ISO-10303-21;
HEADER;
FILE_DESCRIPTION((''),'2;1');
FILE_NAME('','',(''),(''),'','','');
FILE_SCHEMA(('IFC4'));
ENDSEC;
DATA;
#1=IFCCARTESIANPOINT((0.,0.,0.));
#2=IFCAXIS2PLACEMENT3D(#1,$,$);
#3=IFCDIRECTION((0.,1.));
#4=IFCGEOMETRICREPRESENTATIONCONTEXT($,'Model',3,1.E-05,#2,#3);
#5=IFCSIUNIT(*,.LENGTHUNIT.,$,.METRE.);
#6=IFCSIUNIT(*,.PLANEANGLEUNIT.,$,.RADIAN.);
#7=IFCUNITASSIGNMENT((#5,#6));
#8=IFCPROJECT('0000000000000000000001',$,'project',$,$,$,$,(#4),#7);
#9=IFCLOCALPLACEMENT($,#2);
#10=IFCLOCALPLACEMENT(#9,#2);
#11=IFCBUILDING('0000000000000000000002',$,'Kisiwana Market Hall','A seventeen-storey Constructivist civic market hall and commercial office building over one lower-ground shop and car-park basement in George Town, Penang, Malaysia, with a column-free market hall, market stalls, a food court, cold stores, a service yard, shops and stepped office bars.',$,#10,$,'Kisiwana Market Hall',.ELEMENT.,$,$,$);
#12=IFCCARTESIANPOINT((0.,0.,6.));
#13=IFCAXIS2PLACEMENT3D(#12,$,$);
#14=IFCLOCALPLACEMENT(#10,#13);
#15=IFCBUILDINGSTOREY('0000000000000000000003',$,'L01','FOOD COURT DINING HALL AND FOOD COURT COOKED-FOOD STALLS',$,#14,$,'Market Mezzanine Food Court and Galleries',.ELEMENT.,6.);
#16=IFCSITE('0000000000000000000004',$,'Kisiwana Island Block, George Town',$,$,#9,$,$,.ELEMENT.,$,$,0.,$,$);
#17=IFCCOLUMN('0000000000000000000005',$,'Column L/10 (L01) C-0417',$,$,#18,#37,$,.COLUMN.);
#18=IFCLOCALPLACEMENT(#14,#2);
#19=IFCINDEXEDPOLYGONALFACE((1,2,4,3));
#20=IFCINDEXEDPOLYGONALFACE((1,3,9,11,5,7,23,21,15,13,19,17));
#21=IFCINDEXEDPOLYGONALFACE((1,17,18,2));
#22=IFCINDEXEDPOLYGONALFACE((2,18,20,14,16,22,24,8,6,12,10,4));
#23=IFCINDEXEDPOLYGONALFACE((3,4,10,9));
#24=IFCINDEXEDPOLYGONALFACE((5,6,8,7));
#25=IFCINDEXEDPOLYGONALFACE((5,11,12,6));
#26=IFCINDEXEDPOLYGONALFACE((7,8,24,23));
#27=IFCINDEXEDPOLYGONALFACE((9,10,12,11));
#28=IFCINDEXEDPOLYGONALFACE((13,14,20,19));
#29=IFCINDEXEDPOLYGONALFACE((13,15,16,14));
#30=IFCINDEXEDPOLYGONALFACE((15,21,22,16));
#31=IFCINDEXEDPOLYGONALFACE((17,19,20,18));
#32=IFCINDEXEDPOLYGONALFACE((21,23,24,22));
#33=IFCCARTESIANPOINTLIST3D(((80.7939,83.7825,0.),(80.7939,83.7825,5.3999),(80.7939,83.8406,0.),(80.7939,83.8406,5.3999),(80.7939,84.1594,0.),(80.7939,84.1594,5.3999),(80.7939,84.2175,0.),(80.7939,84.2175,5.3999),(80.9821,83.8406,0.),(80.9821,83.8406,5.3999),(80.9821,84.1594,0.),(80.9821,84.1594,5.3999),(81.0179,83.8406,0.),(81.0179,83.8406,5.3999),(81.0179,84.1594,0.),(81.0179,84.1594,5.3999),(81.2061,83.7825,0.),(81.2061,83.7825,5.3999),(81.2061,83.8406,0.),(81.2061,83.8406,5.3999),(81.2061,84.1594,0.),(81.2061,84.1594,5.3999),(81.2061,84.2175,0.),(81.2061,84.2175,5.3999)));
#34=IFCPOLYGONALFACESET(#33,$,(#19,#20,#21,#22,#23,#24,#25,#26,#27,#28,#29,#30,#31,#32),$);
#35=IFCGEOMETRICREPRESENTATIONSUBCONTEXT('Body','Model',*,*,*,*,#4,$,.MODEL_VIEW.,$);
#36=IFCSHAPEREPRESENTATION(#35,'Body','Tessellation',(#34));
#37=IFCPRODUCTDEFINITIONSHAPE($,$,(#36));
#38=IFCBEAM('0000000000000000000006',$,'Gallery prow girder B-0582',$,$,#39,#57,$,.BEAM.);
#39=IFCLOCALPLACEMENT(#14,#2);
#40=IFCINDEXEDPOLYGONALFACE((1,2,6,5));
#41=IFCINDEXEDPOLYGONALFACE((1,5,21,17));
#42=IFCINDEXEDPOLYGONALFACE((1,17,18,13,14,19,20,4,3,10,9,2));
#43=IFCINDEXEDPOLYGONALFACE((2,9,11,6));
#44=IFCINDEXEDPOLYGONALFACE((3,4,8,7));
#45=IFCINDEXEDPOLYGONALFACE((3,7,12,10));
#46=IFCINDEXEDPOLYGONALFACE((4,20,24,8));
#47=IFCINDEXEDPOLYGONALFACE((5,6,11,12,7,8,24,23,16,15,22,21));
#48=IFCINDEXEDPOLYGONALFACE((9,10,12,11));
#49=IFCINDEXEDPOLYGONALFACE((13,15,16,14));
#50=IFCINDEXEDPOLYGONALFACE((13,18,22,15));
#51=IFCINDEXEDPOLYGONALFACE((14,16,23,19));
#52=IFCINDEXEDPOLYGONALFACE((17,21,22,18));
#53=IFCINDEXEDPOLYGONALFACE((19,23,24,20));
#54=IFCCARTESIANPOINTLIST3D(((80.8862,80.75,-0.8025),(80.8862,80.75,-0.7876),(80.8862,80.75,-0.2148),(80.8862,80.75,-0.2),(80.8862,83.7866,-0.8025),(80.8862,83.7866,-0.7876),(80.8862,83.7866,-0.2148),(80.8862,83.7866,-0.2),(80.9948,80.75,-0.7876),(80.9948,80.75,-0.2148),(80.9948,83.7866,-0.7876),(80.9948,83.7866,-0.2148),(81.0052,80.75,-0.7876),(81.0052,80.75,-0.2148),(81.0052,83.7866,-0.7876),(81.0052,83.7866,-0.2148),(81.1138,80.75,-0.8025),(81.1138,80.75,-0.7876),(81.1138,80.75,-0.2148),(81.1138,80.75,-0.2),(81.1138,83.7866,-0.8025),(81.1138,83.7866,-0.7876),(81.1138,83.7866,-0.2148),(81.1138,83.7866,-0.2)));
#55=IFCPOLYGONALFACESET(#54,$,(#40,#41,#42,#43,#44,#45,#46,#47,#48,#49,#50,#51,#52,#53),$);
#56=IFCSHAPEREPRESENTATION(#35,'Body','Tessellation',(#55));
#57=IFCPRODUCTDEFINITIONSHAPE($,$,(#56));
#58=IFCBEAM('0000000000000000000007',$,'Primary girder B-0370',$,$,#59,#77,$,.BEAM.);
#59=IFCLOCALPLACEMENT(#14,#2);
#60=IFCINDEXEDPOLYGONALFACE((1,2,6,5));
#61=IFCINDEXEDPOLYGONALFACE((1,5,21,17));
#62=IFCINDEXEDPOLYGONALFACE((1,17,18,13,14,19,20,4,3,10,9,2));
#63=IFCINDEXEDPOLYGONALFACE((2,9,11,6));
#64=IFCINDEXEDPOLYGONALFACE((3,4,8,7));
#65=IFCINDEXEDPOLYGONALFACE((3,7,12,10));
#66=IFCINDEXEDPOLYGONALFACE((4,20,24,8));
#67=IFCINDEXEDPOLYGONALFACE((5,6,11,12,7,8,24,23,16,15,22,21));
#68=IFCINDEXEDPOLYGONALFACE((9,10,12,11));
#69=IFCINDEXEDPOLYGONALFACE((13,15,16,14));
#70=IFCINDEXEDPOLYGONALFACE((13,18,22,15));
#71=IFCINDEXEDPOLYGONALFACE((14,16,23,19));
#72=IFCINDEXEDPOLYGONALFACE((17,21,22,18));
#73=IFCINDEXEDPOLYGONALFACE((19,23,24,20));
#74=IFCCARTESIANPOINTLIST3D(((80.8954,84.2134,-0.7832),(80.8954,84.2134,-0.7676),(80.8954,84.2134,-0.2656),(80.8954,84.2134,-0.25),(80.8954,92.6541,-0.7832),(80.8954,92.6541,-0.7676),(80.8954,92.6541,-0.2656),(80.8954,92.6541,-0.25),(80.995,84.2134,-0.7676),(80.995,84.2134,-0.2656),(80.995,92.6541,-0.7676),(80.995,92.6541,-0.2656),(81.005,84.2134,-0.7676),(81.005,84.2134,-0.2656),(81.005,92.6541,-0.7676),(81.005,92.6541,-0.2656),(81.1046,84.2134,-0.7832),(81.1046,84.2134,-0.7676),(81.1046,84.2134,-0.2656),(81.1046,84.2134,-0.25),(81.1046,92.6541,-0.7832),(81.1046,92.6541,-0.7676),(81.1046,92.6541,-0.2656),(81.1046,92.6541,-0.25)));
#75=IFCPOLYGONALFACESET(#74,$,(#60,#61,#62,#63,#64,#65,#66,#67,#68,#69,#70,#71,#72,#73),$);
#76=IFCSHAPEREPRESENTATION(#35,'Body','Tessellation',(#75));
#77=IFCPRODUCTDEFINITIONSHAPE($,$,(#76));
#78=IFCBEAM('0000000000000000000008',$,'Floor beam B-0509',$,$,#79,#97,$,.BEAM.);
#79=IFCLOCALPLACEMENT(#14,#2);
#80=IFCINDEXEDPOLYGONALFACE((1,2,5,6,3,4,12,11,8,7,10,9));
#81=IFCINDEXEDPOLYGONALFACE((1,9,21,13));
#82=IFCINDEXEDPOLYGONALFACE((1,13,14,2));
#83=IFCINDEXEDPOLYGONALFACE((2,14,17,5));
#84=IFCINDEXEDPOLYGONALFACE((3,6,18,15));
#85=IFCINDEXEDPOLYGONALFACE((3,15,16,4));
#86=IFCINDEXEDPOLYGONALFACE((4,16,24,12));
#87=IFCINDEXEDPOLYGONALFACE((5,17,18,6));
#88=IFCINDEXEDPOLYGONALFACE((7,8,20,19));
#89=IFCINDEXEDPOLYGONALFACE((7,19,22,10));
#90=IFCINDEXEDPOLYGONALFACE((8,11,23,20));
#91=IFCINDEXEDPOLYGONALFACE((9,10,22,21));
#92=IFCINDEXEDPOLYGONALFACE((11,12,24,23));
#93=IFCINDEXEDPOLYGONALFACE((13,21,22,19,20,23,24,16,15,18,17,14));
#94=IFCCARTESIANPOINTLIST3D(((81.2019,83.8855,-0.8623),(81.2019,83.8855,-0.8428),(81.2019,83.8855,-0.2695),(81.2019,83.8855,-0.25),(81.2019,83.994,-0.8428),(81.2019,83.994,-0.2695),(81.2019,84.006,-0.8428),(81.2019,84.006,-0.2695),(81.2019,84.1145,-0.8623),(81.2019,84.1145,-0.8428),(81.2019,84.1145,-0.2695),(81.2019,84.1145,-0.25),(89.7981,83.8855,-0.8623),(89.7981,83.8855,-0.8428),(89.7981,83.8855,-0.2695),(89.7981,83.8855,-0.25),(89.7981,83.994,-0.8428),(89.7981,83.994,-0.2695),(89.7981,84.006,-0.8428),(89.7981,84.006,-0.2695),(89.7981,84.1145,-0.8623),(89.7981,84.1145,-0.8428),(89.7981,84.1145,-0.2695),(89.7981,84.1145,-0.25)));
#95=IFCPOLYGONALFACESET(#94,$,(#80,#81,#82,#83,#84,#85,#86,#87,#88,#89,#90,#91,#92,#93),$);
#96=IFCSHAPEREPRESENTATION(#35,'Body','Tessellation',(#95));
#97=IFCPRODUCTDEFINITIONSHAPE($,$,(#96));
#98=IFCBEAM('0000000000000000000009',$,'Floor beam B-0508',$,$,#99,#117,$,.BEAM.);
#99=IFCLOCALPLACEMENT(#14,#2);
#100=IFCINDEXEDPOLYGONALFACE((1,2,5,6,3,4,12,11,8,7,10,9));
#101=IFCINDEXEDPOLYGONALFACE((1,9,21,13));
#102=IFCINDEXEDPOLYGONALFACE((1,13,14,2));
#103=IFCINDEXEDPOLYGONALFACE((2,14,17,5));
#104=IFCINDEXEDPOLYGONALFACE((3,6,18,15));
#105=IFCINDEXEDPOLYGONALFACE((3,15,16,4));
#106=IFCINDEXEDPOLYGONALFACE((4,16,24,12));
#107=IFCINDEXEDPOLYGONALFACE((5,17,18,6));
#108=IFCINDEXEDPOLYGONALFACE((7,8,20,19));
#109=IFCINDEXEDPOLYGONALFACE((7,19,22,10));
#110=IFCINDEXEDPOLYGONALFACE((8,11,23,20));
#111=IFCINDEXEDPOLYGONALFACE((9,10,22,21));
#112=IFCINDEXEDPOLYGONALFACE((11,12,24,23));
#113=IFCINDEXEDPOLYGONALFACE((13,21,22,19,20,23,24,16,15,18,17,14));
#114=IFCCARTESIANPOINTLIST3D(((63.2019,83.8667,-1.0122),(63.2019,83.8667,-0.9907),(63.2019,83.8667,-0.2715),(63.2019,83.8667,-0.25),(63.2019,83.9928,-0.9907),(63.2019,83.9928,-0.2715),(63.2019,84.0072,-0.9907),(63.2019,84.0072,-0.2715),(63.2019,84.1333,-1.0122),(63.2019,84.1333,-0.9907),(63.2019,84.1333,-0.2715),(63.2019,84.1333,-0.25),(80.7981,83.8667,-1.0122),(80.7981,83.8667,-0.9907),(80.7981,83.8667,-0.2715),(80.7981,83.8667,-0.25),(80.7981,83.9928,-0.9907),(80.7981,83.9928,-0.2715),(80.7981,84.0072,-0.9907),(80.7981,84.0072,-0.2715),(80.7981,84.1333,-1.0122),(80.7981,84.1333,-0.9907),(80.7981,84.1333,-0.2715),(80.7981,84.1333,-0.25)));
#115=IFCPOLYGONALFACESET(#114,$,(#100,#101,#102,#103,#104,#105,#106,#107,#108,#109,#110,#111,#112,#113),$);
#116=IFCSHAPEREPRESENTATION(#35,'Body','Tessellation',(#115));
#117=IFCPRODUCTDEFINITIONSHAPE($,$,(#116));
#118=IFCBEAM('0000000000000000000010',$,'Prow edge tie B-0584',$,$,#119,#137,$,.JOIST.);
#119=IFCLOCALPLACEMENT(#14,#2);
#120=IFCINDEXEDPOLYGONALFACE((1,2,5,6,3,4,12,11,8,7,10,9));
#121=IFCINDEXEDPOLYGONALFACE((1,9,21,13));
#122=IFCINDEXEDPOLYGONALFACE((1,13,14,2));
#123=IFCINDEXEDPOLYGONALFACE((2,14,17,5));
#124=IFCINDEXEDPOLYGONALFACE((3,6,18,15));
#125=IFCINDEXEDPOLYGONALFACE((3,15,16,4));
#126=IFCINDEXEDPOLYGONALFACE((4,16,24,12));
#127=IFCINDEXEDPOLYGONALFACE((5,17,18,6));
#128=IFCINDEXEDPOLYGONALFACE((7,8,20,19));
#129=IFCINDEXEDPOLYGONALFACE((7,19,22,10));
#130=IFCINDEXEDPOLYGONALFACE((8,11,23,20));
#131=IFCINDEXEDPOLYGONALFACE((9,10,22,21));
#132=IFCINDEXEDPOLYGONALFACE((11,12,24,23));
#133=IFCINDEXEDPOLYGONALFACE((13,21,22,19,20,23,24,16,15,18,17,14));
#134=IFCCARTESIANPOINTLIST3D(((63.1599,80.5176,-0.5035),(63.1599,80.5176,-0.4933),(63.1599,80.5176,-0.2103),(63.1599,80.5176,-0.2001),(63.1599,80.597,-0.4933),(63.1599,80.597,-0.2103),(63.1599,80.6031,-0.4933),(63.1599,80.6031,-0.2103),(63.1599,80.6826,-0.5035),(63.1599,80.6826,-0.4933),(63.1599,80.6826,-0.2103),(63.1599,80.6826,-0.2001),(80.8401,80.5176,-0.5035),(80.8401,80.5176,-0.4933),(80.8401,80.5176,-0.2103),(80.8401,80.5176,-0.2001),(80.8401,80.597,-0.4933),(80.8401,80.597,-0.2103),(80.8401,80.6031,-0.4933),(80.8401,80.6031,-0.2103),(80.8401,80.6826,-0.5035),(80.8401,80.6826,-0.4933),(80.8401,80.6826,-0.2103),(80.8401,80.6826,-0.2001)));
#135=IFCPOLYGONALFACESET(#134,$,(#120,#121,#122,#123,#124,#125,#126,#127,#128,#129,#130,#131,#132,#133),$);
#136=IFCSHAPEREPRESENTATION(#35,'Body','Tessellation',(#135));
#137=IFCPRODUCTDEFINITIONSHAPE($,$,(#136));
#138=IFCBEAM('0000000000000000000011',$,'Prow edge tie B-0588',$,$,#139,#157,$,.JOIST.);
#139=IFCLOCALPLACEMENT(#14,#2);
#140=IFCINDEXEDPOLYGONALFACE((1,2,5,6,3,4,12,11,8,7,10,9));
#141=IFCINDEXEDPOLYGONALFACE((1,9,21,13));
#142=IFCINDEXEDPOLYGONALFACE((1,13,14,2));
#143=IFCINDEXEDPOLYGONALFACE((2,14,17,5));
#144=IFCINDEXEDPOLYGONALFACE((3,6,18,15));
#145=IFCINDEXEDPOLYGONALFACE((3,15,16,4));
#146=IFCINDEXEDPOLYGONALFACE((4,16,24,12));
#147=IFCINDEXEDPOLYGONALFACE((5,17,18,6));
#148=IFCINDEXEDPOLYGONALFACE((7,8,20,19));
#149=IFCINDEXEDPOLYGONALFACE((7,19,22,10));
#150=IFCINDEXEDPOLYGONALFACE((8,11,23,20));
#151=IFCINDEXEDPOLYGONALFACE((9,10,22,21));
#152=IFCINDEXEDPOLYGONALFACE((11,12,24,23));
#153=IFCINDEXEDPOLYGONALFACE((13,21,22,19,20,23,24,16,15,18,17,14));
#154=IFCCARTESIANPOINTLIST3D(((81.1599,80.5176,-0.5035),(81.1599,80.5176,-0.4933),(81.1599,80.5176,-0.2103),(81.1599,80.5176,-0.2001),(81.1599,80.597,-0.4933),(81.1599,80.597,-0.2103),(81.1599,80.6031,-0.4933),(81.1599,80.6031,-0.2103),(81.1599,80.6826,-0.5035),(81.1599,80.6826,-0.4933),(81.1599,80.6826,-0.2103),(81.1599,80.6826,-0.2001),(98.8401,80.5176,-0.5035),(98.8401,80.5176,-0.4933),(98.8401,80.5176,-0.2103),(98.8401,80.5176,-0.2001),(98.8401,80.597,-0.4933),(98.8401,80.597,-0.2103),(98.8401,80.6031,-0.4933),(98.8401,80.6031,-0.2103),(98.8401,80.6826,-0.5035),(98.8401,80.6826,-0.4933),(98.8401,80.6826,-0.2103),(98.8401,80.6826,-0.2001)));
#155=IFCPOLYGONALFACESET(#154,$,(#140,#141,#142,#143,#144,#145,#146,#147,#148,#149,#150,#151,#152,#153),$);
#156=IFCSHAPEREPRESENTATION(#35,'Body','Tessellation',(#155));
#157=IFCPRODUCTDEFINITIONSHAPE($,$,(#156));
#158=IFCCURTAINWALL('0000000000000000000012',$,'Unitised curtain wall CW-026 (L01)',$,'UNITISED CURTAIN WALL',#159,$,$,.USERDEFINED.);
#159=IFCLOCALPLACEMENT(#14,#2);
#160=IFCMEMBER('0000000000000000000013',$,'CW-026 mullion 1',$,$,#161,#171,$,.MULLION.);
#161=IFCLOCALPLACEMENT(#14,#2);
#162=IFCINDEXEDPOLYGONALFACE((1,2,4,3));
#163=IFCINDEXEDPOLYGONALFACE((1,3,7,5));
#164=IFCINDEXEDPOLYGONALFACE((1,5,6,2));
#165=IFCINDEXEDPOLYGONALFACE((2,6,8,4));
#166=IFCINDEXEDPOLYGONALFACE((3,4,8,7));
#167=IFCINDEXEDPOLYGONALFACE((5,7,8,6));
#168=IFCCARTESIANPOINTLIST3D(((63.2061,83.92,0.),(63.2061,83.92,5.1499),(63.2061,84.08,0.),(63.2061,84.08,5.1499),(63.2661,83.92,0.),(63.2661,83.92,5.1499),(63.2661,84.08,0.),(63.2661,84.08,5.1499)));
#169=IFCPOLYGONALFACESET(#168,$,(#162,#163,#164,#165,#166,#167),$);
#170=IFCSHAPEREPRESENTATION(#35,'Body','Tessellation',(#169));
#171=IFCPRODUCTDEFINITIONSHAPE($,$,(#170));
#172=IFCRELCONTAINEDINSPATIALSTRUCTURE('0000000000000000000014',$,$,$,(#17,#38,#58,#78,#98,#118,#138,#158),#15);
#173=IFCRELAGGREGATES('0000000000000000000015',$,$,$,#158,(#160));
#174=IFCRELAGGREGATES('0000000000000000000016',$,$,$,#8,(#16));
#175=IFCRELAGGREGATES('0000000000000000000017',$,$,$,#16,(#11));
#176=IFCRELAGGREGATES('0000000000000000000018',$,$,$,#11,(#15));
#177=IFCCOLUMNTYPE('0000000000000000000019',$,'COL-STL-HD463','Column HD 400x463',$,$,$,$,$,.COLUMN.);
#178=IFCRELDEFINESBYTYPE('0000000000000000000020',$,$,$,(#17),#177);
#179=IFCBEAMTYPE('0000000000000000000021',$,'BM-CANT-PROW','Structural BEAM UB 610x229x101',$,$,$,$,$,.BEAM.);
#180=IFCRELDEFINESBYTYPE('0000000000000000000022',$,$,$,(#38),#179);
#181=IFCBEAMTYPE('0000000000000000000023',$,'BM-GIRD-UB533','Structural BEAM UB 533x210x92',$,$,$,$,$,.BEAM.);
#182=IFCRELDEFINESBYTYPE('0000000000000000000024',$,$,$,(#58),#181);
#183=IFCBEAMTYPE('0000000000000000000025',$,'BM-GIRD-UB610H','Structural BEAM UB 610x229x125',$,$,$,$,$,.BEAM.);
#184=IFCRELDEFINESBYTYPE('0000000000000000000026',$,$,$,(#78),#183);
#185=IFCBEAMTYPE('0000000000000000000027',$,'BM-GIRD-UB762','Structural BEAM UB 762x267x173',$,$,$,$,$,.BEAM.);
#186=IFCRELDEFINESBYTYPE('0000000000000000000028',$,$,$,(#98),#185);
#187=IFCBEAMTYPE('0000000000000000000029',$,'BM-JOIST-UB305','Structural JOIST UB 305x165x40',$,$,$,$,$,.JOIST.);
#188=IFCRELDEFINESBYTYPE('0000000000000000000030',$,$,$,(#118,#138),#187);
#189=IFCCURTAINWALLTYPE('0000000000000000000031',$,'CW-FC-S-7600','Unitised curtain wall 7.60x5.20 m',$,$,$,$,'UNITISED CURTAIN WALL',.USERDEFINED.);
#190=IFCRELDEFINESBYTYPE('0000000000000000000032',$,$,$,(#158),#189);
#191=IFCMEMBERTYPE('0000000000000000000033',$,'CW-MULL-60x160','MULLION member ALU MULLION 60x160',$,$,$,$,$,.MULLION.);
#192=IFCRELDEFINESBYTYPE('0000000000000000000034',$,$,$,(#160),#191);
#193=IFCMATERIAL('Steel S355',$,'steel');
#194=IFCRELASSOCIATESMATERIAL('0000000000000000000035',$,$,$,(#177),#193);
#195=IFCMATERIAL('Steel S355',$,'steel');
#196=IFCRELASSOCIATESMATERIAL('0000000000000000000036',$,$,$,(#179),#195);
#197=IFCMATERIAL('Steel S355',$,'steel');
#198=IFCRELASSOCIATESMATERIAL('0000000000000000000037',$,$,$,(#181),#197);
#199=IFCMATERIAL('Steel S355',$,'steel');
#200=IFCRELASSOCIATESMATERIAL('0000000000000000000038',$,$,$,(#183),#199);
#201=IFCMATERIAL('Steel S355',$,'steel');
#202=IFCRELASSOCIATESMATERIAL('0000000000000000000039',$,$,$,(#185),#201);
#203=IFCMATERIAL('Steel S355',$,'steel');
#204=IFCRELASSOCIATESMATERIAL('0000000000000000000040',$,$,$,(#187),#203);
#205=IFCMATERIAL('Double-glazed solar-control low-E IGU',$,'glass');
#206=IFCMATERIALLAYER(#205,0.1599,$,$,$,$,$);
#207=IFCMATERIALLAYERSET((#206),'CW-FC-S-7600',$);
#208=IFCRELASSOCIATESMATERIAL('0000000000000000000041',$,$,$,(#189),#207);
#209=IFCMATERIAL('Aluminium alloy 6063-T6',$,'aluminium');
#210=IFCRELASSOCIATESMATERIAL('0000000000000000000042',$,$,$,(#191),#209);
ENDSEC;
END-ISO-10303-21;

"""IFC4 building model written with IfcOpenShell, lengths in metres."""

from ifc_helpers import new_model, si_unit, direction, frame, origin, origin_2d, place, context, subcontext, project, spatial, rectangle, i_section, extrude, material, layer, layer_set, material_profile, profile_set, type_object, element, aggregate, save


model = new_model("IFC4")

# Units and contexts
model_context = context("Model", 3, precision=1e-05, world=origin(), true_north=direction((0.0, 1.0)))
body_context = subcontext(model_context, "Body", "Model", "MODEL_VIEW")
ifc_project = project(units=[si_unit("LENGTHUNIT", "METRE"), si_unit("PLANEANGLEUNIT", "RADIAN")], contexts=[model_context])

# Site, building, storey
site_placement = place(None, origin())
site = spatial("IfcSite", under=ifc_project, at=site_placement, Name="Kisiwana Island Block, George Town", CompositionType="ELEMENT", RefElevation=0.0)
building_placement = place(site_placement, origin())
building = spatial("IfcBuilding", under=site, at=building_placement, Name="Kisiwana Market Hall", Description="A seventeen-storey Constructivist civic market hall and commercial office building over one lower-ground shop and car-park basement in George Town, Penang, Malaysia, with a column-free market hall, market stalls, a food court, cold stores, a service yard, shops and stepped office bars.", LongName="Kisiwana Market Hall", CompositionType="ELEMENT")
storey_placement = place(building_placement, frame((0.0, 0.0, 6.0)))
storey = spatial("IfcBuildingStorey", under=building, at=storey_placement, Name="L01", Description="FOOD COURT DINING HALL AND FOOD COURT COOKED-FOOD STALLS", LongName="Market Mezzanine Food Court and Galleries", CompositionType="ELEMENT", Elevation=6.0)

# Column
ifc_material_1 = material(Name="Steel S355", Category="steel")
ifc_material_profile_1 = material_profile(ifc_material_1, i_section(OverallWidth=0.4121, OverallDepth=0.4351, WebThickness=0.0359, FlangeThickness=0.0581, at=origin_2d()), Name="HD 400x463")
ifc_profile_set_1 = profile_set([ifc_material_profile_1], Name="Steel S355")
column_type = type_object("IfcColumnType", Name="COL-STL-HD463", Description="Column HD 400x463", PredefinedType="COLUMN", material=ifc_profile_set_1)
column_placement = place(storey_placement, frame((81.0, 84.0, 0.0), z_axis=(0.0, 0.0, 1.0), x_axis=(1.0, 0.0, 0.0)))
element("IfcColumn", 1, at=column_placement, inside=storey, type_object=column_type, Name="Column L/10 (L01) C-0417", PredefinedType="COLUMN", context=body_context, shape_type="SweptSolid", body=[
    extrude(i_section(OverallWidth=0.4121, OverallDepth=0.4351, WebThickness=0.0359, FlangeThickness=0.0581, at=origin_2d()), origin(), (0.0, 0.0, 1.0), 5.3999),
])

# Beams
ifc_material_2 = material(Name="Steel S355", Category="steel")
ifc_material_profile_2 = material_profile(ifc_material_2, i_section(OverallWidth=0.2275, OverallDepth=0.6025, WebThickness=0.0105, FlangeThickness=0.0149, at=origin_2d()), Name="UB 610x229x101")
ifc_profile_set_2 = profile_set([ifc_material_profile_2], Name="Steel S355")
beam_type_1 = type_object("IfcBeamType", Name="BM-CANT-PROW", Description="Structural BEAM UB 610x229x101", PredefinedType="BEAM", material=ifc_profile_set_2)
beam_1_placement = place(storey_placement, frame((81.0, 83.7866, -0.5012), z_axis=(0.0, -1.0, 0.0), x_axis=(1.0, 0.0, 0.0)))
element("IfcBeam", 2, at=beam_1_placement, inside=storey, type_object=beam_type_1, Name="Gallery prow girder B-0582", PredefinedType="BEAM", context=body_context, shape_type="SweptSolid", body=[
    extrude(i_section(OverallWidth=0.2275, OverallDepth=0.6025, WebThickness=0.0105, FlangeThickness=0.0149, at=origin_2d()), origin(), (0.0, 0.0, 1.0), 3.0366),
])
ifc_material_3 = material(Name="Steel S355", Category="steel")
ifc_material_profile_3 = material_profile(ifc_material_3, i_section(OverallWidth=0.2092, OverallDepth=0.5332, WebThickness=0.01, FlangeThickness=0.0156, at=origin_2d()), Name="UB 533x210x92")
ifc_profile_set_3 = profile_set([ifc_material_profile_3], Name="Steel S355")
beam_type_2 = type_object("IfcBeamType", Name="BM-GIRD-UB533", Description="Structural BEAM UB 533x210x92", PredefinedType="BEAM", material=ifc_profile_set_3)
beam_2_placement = place(storey_placement, frame((81.0, 84.2134, -0.5166), z_axis=(0.0, 1.0, 0.0), x_axis=(-1.0, 0.0, 0.0)))
element("IfcBeam", 3, at=beam_2_placement, inside=storey, type_object=beam_type_2, Name="Primary girder B-0370", PredefinedType="BEAM", context=body_context, shape_type="SweptSolid", body=[
    extrude(i_section(OverallWidth=0.2092, OverallDepth=0.5332, WebThickness=0.01, FlangeThickness=0.0156, at=origin_2d()), origin(), (0.0, 0.0, 1.0), 8.4407),
])
ifc_material_4 = material(Name="Steel S355", Category="steel")
ifc_material_profile_4 = material_profile(ifc_material_4, i_section(OverallWidth=0.229, OverallDepth=0.6123, WebThickness=0.012, FlangeThickness=0.0195, at=origin_2d()), Name="UB 610x229x125")
ifc_profile_set_4 = profile_set([ifc_material_profile_4], Name="Steel S355")
beam_type_3 = type_object("IfcBeamType", Name="BM-GIRD-UB610H", Description="Structural BEAM UB 610x229x125", PredefinedType="BEAM", material=ifc_profile_set_4)
beam_3_placement = place(storey_placement, frame((81.2019, 84.0, -0.5562), z_axis=(1.0, 0.0, 0.0), x_axis=(0.0, 1.0, 0.0)))
element("IfcBeam", 4, at=beam_3_placement, inside=storey, type_object=beam_type_3, Name="Floor beam B-0509", PredefinedType="BEAM", context=body_context, shape_type="SweptSolid", body=[
    extrude(i_section(OverallWidth=0.229, OverallDepth=0.6123, WebThickness=0.012, FlangeThickness=0.0195, at=origin_2d()), origin(), (0.0, 0.0, 1.0), 8.5962),
])
ifc_material_5 = material(Name="Steel S355", Category="steel")
ifc_material_profile_5 = material_profile(ifc_material_5, i_section(OverallWidth=0.2666, OverallDepth=0.7622, WebThickness=0.0144, FlangeThickness=0.0215, at=origin_2d()), Name="UB 762x267x173")
ifc_profile_set_5 = profile_set([ifc_material_profile_5], Name="Steel S355")
beam_type_4 = type_object("IfcBeamType", Name="BM-GIRD-UB762", Description="Structural BEAM UB 762x267x173", PredefinedType="BEAM", material=ifc_profile_set_5)
beam_4_placement = place(storey_placement, frame((63.2019, 84.0, -0.6311), z_axis=(1.0, 0.0, 0.0), x_axis=(0.0, 1.0, 0.0)))
element("IfcBeam", 5, at=beam_4_placement, inside=storey, type_object=beam_type_4, Name="Floor beam B-0508", PredefinedType="BEAM", context=body_context, shape_type="SweptSolid", body=[
    extrude(i_section(OverallWidth=0.2666, OverallDepth=0.7622, WebThickness=0.0144, FlangeThickness=0.0215, at=origin_2d()), origin(), (0.0, 0.0, 1.0), 17.5962),
])
ifc_material_6 = material(Name="Steel S355", Category="steel")
ifc_material_profile_6 = material_profile(ifc_material_6, i_section(OverallWidth=0.165, OverallDepth=0.3035, WebThickness=0.0061, FlangeThickness=0.0103, at=origin_2d()), Name="UB 305x165x40")
ifc_profile_set_6 = profile_set([ifc_material_profile_6], Name="Steel S355")
beam_type_5 = type_object("IfcBeamType", Name="BM-JOIST-UB305", Description="Structural JOIST UB 305x165x40", PredefinedType="JOIST", material=ifc_profile_set_6)
for number, where, z_axis, x_axis, name in (
    (6, (63.1599, 80.6001, -0.3518), (1.0, 0.0, 0.0), (0.0, 1.0, 0.0), "Prow edge tie B-0584"),
    (7, (81.1599, 80.6001, -0.3518), (1.0, 0.0, 0.0), (0.0, 1.0, 0.0), "Prow edge tie B-0588"),
):
    element("IfcBeam", number, at=place(storey_placement, frame(where, z_axis=z_axis, x_axis=x_axis)), inside=storey, type_object=beam_type_5, Name=name, PredefinedType="JOIST", context=body_context, shape_type="SweptSolid", body=[
        extrude(i_section(OverallWidth=0.165, OverallDepth=0.3035, WebThickness=0.0061, FlangeThickness=0.0103, at=origin_2d()), origin(), (0.0, 0.0, 1.0), 17.6802),
    ])

# Curtain wall, member
ifc_material_7 = material(Name="Double-glazed solar-control low-E IGU", Category="glass")
ifc_layer_1 = layer(ifc_material_7, 0.1599)
ifc_layer_set_1 = layer_set([ifc_layer_1], Name="CW-FC-S-7600")
curtain_wall_type = type_object("IfcCurtainWallType", Name="CW-FC-S-7600", Description="Unitised curtain wall 7.60x5.20 m", ElementType="UNITISED CURTAIN WALL", PredefinedType="USERDEFINED", material=ifc_layer_set_1)
curtain_wall_placement = place(storey_placement, origin())
curtain_wall = element("IfcCurtainWall", 8, at=curtain_wall_placement, inside=storey, type_object=curtain_wall_type, Name="Unitised curtain wall CW-026 (L01)", ObjectType="UNITISED CURTAIN WALL", PredefinedType="USERDEFINED")
ifc_material_8 = material(Name="Aluminium alloy 6063-T6", Category="aluminium")
ifc_material_profile_7 = material_profile(ifc_material_8, rectangle(XDim=0.0601, YDim=0.1599, at=origin_2d()), Name="ALU MULLION 60x160")
ifc_profile_set_7 = profile_set([ifc_material_profile_7], Name="Aluminium alloy 6063-T6")
member_type_1 = type_object("IfcMemberType", Name="CW-MULL-60x160", Description="MULLION member ALU MULLION 60x160", PredefinedType="MULLION", material=ifc_profile_set_7)
member_1_placement = place(storey_placement, frame((63.2361, 84.0, 0.0), z_axis=(0.0, 0.0, 1.0), x_axis=(1.0, 0.0, 0.0)))
member_1 = element("IfcMember", 9, at=member_1_placement, type_object=member_type_1, Name="CW-026 mullion 1", PredefinedType="MULLION", context=body_context, shape_type="SweptSolid", body=[
    extrude(rectangle(XDim=0.0601, YDim=0.1599, at=origin_2d()), origin(), (0.0, 0.0, 1.0), 5.1499),
])
aggregate(curtain_wall, [member_1])

save(model, "model.ifc")
